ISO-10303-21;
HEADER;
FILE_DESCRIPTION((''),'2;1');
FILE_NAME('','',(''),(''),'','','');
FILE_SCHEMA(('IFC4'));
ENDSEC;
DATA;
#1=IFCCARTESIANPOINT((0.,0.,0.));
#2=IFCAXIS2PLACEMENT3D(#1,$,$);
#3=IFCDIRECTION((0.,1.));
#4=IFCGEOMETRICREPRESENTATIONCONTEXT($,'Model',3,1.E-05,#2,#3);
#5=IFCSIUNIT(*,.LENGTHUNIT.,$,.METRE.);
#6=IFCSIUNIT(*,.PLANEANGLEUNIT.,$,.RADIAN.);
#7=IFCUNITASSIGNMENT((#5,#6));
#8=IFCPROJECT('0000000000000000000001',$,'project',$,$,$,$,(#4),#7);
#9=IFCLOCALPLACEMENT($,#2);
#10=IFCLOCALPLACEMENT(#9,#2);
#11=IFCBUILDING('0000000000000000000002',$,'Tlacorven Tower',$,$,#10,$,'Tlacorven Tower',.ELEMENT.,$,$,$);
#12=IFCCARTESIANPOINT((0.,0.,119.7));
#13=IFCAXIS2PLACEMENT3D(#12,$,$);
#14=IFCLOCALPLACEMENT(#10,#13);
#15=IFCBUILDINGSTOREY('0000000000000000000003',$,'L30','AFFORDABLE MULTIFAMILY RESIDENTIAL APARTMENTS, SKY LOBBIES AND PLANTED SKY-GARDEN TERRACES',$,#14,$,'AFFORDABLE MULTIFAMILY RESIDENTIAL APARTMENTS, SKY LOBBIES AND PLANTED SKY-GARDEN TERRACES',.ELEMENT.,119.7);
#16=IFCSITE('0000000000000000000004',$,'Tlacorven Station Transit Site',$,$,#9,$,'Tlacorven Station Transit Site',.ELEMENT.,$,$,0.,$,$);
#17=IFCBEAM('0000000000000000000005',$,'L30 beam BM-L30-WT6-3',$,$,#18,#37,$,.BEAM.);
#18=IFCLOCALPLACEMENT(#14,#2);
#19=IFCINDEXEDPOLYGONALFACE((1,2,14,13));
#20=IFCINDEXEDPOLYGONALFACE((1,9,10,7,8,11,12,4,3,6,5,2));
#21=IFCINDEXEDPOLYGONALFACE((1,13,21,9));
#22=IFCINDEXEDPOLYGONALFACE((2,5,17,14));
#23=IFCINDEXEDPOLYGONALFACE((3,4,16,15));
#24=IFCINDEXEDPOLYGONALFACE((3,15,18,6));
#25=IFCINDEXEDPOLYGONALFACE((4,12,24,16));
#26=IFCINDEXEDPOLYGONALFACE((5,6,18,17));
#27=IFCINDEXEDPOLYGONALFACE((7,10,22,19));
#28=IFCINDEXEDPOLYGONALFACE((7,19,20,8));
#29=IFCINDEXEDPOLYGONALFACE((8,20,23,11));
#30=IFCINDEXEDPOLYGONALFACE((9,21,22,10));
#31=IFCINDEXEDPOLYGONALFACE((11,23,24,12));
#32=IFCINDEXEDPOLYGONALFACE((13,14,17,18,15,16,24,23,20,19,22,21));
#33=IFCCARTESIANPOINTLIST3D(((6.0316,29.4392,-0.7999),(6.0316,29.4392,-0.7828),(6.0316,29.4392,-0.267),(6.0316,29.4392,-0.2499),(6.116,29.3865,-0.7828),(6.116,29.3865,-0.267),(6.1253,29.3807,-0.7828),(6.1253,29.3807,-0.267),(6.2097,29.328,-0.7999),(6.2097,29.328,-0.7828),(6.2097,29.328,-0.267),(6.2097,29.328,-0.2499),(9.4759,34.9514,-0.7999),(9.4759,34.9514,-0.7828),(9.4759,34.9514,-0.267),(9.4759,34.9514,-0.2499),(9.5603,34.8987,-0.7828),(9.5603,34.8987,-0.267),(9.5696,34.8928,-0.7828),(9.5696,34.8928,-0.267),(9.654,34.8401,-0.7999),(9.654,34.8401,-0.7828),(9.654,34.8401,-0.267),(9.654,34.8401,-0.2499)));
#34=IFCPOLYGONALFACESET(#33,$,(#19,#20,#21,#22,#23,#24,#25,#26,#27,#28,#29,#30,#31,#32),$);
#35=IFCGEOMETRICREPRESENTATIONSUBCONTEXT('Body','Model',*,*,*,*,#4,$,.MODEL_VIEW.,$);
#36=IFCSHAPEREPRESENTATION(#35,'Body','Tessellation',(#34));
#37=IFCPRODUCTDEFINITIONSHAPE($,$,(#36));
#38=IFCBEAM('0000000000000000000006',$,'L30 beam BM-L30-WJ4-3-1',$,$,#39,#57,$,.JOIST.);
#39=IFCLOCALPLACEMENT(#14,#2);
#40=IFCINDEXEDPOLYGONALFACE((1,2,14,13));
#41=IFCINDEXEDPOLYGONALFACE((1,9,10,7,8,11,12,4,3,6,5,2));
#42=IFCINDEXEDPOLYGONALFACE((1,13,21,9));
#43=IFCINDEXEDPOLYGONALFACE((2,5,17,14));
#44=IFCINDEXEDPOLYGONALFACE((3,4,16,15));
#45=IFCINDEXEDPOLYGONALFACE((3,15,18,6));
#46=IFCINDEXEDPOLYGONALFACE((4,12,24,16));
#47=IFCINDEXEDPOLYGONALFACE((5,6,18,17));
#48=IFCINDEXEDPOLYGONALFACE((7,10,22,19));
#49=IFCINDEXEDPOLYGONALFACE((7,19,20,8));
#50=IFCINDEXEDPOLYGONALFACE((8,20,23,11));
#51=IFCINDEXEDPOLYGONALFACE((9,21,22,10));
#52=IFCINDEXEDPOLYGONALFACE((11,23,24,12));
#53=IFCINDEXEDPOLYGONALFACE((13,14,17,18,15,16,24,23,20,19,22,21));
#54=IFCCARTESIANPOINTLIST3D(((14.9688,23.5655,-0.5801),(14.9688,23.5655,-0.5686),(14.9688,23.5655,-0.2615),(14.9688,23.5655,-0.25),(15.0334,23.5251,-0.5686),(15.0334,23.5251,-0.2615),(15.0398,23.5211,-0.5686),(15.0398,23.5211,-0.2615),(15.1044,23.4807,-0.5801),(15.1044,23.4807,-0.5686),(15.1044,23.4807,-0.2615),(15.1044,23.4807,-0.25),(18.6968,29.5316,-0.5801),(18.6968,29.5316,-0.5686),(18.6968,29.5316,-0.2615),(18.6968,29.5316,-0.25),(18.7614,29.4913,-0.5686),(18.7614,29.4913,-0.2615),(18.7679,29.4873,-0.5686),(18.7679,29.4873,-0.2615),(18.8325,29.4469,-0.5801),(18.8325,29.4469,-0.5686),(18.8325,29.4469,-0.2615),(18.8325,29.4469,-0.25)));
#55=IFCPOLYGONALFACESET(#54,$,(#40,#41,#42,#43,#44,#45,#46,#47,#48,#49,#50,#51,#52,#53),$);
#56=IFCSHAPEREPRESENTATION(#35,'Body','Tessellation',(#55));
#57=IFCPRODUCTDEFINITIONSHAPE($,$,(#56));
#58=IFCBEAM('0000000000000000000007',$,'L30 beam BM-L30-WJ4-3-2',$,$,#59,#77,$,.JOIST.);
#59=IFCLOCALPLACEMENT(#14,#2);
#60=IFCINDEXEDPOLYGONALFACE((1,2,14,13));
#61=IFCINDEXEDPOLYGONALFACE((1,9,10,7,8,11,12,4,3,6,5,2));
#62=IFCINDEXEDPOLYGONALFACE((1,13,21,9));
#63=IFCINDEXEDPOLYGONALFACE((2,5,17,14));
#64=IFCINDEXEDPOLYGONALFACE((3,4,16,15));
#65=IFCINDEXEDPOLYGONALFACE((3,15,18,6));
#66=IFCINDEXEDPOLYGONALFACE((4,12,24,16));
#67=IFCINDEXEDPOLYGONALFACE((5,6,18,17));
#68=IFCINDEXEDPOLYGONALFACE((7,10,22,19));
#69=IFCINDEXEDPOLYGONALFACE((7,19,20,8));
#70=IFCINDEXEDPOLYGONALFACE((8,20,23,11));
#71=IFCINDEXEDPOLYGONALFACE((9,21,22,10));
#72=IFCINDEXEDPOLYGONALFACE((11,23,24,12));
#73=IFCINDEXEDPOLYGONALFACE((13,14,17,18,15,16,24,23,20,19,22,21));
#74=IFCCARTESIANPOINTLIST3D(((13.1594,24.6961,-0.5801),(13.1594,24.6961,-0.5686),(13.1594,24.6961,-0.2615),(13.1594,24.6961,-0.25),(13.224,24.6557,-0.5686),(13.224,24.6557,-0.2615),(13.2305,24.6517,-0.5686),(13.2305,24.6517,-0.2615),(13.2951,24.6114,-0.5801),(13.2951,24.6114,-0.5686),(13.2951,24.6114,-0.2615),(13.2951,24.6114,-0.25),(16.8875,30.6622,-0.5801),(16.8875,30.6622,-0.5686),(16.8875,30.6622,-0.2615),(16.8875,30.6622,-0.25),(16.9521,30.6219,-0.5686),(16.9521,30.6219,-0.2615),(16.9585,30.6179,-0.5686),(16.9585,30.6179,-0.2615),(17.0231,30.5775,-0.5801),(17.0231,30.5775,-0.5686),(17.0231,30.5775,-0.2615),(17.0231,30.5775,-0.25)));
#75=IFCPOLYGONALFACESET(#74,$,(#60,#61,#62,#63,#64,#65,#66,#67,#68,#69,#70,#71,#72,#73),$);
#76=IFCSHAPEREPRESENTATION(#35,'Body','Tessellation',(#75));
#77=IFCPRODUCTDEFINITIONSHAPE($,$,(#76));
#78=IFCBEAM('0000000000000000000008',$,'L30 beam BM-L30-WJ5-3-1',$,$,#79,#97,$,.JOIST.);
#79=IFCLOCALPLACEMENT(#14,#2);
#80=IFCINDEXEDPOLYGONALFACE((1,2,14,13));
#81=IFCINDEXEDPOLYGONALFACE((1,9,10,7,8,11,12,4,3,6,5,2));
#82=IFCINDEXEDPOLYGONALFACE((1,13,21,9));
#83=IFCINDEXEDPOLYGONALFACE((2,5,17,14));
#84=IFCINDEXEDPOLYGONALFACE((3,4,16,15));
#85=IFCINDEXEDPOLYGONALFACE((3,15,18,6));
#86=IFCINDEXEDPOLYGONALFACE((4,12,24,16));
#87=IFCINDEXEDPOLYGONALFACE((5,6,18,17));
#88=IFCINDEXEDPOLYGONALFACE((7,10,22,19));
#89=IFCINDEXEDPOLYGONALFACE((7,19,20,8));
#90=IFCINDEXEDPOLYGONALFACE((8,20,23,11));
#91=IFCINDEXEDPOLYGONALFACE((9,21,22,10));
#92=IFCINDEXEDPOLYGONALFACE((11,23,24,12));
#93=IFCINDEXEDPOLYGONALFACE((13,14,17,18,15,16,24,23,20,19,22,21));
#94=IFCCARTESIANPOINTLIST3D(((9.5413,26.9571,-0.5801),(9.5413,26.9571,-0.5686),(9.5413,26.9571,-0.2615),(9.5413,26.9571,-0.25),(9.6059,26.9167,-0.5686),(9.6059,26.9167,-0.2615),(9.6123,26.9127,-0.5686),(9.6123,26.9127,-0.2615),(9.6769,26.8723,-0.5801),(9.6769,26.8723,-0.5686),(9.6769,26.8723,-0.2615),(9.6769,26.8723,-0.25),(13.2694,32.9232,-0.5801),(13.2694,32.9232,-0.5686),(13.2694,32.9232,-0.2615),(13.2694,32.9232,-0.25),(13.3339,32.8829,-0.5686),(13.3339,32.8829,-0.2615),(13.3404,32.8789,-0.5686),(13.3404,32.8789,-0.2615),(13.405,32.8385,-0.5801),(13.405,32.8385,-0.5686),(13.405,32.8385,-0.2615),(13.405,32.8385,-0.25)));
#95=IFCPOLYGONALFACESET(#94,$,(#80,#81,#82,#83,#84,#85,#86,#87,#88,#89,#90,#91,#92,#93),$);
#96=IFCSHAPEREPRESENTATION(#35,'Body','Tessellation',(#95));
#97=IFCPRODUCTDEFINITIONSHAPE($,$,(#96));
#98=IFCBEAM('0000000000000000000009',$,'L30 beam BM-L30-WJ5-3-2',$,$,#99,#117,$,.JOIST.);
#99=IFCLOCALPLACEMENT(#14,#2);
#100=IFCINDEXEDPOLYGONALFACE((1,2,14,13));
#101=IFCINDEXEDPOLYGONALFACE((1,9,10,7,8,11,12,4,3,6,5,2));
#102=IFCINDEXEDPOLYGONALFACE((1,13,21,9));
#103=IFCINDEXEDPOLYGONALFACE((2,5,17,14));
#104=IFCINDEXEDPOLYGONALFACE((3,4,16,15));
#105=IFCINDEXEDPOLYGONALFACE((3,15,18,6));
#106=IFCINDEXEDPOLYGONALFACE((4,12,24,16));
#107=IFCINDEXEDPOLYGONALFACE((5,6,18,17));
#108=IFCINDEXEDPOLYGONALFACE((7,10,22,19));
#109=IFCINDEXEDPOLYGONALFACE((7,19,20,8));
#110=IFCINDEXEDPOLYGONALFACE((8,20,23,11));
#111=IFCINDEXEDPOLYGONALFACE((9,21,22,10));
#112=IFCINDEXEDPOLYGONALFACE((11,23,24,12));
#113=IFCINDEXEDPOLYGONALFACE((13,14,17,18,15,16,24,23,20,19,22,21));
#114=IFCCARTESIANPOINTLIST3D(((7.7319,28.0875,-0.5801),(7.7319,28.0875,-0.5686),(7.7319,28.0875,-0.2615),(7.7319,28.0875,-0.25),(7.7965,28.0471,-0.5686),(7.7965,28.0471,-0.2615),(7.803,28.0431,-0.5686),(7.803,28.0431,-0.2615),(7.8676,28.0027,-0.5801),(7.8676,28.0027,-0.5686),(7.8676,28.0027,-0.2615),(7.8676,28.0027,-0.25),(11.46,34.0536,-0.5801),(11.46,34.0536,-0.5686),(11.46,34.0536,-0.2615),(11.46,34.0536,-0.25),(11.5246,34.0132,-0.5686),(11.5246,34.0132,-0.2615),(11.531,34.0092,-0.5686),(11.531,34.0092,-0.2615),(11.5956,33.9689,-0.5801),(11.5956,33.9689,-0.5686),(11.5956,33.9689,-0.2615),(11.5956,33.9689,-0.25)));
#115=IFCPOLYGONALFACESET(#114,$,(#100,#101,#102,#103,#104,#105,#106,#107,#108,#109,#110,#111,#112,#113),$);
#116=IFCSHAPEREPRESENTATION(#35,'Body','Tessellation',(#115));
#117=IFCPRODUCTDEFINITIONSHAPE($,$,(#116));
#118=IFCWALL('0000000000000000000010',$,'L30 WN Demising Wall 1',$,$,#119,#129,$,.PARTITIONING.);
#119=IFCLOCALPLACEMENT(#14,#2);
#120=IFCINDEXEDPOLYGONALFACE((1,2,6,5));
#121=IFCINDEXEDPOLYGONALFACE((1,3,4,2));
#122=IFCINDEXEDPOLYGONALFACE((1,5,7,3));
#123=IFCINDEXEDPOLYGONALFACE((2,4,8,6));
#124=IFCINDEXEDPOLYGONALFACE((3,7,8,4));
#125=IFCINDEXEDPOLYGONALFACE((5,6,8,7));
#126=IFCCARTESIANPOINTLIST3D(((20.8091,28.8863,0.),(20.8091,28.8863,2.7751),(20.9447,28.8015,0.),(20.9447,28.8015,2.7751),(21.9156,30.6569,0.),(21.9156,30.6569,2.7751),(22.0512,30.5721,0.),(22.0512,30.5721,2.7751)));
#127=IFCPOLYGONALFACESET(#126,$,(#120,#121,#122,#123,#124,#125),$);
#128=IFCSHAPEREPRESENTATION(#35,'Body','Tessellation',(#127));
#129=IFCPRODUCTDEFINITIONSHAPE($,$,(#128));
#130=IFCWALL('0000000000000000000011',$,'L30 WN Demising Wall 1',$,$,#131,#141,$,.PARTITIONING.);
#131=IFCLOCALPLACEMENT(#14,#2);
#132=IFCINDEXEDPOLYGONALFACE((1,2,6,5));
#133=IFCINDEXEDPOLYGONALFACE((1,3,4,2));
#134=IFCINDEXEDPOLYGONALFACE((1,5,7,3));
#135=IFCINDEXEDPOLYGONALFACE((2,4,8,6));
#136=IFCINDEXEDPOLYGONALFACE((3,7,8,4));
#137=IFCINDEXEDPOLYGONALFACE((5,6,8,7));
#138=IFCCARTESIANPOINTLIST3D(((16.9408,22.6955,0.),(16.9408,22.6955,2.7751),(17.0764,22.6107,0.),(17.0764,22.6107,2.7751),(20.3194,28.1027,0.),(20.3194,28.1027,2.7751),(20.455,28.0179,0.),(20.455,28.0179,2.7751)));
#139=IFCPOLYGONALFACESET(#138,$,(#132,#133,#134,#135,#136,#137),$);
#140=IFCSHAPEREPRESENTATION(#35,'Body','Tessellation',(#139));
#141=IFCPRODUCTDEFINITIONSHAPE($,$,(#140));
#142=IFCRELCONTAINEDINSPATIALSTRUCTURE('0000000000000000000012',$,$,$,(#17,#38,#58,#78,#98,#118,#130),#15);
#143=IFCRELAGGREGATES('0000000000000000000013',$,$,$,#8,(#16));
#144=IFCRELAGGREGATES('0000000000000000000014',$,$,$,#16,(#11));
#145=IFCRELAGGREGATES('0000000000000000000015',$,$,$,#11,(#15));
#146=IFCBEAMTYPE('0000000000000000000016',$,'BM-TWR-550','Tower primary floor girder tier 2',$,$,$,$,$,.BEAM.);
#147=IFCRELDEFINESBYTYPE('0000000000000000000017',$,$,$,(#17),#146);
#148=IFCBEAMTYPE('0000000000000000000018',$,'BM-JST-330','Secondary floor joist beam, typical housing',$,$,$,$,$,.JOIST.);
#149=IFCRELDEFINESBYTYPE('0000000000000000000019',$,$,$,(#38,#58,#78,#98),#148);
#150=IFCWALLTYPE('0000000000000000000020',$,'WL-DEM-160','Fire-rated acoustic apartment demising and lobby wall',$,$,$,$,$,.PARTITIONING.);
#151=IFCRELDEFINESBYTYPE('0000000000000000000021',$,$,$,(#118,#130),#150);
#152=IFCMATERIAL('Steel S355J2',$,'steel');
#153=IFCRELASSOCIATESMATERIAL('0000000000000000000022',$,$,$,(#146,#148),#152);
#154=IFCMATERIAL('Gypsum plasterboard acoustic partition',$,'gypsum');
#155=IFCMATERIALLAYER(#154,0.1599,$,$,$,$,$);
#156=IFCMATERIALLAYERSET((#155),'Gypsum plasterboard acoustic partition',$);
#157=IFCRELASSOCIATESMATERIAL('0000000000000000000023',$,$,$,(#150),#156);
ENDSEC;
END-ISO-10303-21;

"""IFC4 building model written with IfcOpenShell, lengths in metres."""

from ifc_helpers import new_model, si_unit, direction, frame, frame_2d, origin, origin_2d, place, context, subcontext, project, spatial, rectangle, i_section, extrude, source, transform, mapped, material, layer, layer_set, material_profile, profile_set, type_object, element, save


model = new_model("IFC4")

# Units and contexts
model_context = context("Model", 3, precision=1e-05, world=origin(), true_north=direction((0.0, 1.0)))
body_context = subcontext(model_context, "Body", "Model", "MODEL_VIEW")
ifc_project = project(units=[si_unit("LENGTHUNIT", "METRE"), si_unit("PLANEANGLEUNIT", "RADIAN")], contexts=[model_context])

# Site, building, storey
site_placement = place(None, origin())
site = spatial("IfcSite", under=ifc_project, at=site_placement, Name="Tlacorven Station Transit Site", LongName="Tlacorven Station Transit Site", CompositionType="ELEMENT", RefElevation=0.0)
building_placement = place(site_placement, origin())
building = spatial("IfcBuilding", under=site, at=building_placement, Name="Tlacorven Tower", LongName="Tlacorven Tower", CompositionType="ELEMENT")
storey_placement = place(building_placement, frame((0.0, 0.0, 119.7)))
storey = spatial("IfcBuildingStorey", under=building, at=storey_placement, Name="L30", Description="AFFORDABLE MULTIFAMILY RESIDENTIAL APARTMENTS, SKY LOBBIES AND PLANTED SKY-GARDEN TERRACES", LongName="AFFORDABLE MULTIFAMILY RESIDENTIAL APARTMENTS, SKY LOBBIES AND PLANTED SKY-GARDEN TERRACES", CompositionType="ELEMENT", Elevation=119.7)

# Beams
ifc_material_1 = material(Name="Steel S355J2", Category="steel")
ifc_material_profile_1 = material_profile(ifc_material_1, i_section(OverallWidth=0.21, OverallDepth=0.55, WebThickness=0.011, FlangeThickness=0.0171, at=origin_2d()), Name="IPE 550")
ifc_profile_set_1 = profile_set([ifc_material_profile_1], Name="Steel S355J2")
beam_type_1 = type_object("IfcBeamType", Name="BM-TWR-550", Description="Tower primary floor girder tier 2", PredefinedType="BEAM", material=ifc_profile_set_1)
shared_shape_1 = source(origin(), body_context, "Body", "SweptSolid", [
    extrude(i_section(OverallWidth=0.21, OverallDepth=0.55, WebThickness=0.011, FlangeThickness=0.0171, at=origin_2d()), origin(), (0.0, 0.0, 1.0), 6.4998),
])
beam_1_placement = place(storey_placement, frame((9.5649, 34.8958, -0.5249), z_axis=(-0.529911, -0.848053, 0.0), x_axis=(0.848053, -0.529911, 0.0)))
element("IfcBeam", 1, at=beam_1_placement, inside=storey, type_object=beam_type_1, Name="L30 beam BM-L30-WT6-3", PredefinedType="BEAM", context=body_context, shape_type="MappedRepresentation", body=[
    mapped(shared_shape_1, transform((0.0, 0.0, 0.0), scale=1.0)),
])
ifc_material_profile_2 = material_profile(ifc_material_1, i_section(OverallWidth=0.1599, OverallDepth=0.3301, WebThickness=0.0076, FlangeThickness=0.0115, at=origin_2d()), Name="IPE 330")
ifc_profile_set_2 = profile_set([ifc_material_profile_2], Name="Steel S355J2")
beam_type_2 = type_object("IfcBeamType", Name="BM-JST-330", Description="Secondary floor joist beam, typical housing", PredefinedType="JOIST", material=ifc_profile_set_2)
shared_shape_2 = source(origin(), body_context, "Body", "SweptSolid", [
    extrude(i_section(OverallWidth=0.1599, OverallDepth=0.3301, WebThickness=0.0076, FlangeThickness=0.0115, at=origin_2d()), origin(), (0.0, 0.0, 1.0), 7.0352),
])
for number, where, z_axis, x_axis, name in (
    (2, (18.7646, 29.4893, -0.415), (-0.529921, -0.848047, 0.0), (0.848047, -0.529921, 0.0), "L30 beam BM-L30-WJ4-3-1"),
    (3, (16.9553, 30.6199, -0.415), (-0.529921, -0.848047, 0.0), (0.848047, -0.529921, 0.0), "L30 beam BM-L30-WJ4-3-2"),
    (4, (13.3372, 32.8809, -0.415), (-0.529921, -0.848047, 0.0), (0.848047, -0.529921, 0.0), "L30 beam BM-L30-WJ5-3-1"),
    (5, (11.5278, 34.0112, -0.415), (-0.529921, -0.848047, 0.0), (0.848047, -0.529921, 0.0), "L30 beam BM-L30-WJ5-3-2"),
):
    element("IfcBeam", number, at=place(storey_placement, frame(where, z_axis=z_axis, x_axis=x_axis)), inside=storey, type_object=beam_type_2, Name=name, PredefinedType="JOIST", context=body_context, shape_type="MappedRepresentation", body=[
        mapped(shared_shape_2, transform((0.0, 0.0, 0.0), scale=1.0)),
    ])

# Walls
ifc_material_2 = material(Name="Gypsum plasterboard acoustic partition", Category="gypsum")
ifc_layer_1 = layer(ifc_material_2, 0.1599)
ifc_layer_set_1 = layer_set([ifc_layer_1], Name="Gypsum plasterboard acoustic partition")
wall_type_1 = type_object("IfcWallType", Name="WL-DEM-160", Description="Fire-rated acoustic apartment demising and lobby wall", PredefinedType="PARTITIONING", material=ifc_layer_set_1)
wall_1_placement = place(storey_placement, frame((21.9834, 30.6145, 0.0), z_axis=(0.0, 0.0, 1.0), x_axis=(-0.529957, -0.848025, 0.0)))
element("IfcWall", 6, at=wall_1_placement, inside=storey, type_object=wall_type_1, Name="L30 WN Demising Wall 1", PredefinedType="PARTITIONING", context=body_context, shape_type="SweptSolid", body=[
    extrude(rectangle(XDim=2.0879, YDim=0.1599, at=frame_2d((1.0439, 0.0))), origin(), (0.0, 0.0, 1.0), 2.7751),
])
wall_2_placement = place(storey_placement, frame((20.3872, 28.0603, 0.0), z_axis=(0.0, 0.0, 1.0), x_axis=(-0.529903, -0.848059, 0.0)))
element("IfcWall", 7, at=wall_2_placement, inside=storey, type_object=wall_type_1, Name="L30 WN Demising Wall 1", PredefinedType="PARTITIONING", context=body_context, shape_type="SweptSolid", body=[
    extrude(rectangle(XDim=6.376, YDim=0.1599, at=frame_2d((3.188, 0.0))), origin(), (0.0, 0.0, 1.0), 2.7751),
])

save(model, "model.ifc")
